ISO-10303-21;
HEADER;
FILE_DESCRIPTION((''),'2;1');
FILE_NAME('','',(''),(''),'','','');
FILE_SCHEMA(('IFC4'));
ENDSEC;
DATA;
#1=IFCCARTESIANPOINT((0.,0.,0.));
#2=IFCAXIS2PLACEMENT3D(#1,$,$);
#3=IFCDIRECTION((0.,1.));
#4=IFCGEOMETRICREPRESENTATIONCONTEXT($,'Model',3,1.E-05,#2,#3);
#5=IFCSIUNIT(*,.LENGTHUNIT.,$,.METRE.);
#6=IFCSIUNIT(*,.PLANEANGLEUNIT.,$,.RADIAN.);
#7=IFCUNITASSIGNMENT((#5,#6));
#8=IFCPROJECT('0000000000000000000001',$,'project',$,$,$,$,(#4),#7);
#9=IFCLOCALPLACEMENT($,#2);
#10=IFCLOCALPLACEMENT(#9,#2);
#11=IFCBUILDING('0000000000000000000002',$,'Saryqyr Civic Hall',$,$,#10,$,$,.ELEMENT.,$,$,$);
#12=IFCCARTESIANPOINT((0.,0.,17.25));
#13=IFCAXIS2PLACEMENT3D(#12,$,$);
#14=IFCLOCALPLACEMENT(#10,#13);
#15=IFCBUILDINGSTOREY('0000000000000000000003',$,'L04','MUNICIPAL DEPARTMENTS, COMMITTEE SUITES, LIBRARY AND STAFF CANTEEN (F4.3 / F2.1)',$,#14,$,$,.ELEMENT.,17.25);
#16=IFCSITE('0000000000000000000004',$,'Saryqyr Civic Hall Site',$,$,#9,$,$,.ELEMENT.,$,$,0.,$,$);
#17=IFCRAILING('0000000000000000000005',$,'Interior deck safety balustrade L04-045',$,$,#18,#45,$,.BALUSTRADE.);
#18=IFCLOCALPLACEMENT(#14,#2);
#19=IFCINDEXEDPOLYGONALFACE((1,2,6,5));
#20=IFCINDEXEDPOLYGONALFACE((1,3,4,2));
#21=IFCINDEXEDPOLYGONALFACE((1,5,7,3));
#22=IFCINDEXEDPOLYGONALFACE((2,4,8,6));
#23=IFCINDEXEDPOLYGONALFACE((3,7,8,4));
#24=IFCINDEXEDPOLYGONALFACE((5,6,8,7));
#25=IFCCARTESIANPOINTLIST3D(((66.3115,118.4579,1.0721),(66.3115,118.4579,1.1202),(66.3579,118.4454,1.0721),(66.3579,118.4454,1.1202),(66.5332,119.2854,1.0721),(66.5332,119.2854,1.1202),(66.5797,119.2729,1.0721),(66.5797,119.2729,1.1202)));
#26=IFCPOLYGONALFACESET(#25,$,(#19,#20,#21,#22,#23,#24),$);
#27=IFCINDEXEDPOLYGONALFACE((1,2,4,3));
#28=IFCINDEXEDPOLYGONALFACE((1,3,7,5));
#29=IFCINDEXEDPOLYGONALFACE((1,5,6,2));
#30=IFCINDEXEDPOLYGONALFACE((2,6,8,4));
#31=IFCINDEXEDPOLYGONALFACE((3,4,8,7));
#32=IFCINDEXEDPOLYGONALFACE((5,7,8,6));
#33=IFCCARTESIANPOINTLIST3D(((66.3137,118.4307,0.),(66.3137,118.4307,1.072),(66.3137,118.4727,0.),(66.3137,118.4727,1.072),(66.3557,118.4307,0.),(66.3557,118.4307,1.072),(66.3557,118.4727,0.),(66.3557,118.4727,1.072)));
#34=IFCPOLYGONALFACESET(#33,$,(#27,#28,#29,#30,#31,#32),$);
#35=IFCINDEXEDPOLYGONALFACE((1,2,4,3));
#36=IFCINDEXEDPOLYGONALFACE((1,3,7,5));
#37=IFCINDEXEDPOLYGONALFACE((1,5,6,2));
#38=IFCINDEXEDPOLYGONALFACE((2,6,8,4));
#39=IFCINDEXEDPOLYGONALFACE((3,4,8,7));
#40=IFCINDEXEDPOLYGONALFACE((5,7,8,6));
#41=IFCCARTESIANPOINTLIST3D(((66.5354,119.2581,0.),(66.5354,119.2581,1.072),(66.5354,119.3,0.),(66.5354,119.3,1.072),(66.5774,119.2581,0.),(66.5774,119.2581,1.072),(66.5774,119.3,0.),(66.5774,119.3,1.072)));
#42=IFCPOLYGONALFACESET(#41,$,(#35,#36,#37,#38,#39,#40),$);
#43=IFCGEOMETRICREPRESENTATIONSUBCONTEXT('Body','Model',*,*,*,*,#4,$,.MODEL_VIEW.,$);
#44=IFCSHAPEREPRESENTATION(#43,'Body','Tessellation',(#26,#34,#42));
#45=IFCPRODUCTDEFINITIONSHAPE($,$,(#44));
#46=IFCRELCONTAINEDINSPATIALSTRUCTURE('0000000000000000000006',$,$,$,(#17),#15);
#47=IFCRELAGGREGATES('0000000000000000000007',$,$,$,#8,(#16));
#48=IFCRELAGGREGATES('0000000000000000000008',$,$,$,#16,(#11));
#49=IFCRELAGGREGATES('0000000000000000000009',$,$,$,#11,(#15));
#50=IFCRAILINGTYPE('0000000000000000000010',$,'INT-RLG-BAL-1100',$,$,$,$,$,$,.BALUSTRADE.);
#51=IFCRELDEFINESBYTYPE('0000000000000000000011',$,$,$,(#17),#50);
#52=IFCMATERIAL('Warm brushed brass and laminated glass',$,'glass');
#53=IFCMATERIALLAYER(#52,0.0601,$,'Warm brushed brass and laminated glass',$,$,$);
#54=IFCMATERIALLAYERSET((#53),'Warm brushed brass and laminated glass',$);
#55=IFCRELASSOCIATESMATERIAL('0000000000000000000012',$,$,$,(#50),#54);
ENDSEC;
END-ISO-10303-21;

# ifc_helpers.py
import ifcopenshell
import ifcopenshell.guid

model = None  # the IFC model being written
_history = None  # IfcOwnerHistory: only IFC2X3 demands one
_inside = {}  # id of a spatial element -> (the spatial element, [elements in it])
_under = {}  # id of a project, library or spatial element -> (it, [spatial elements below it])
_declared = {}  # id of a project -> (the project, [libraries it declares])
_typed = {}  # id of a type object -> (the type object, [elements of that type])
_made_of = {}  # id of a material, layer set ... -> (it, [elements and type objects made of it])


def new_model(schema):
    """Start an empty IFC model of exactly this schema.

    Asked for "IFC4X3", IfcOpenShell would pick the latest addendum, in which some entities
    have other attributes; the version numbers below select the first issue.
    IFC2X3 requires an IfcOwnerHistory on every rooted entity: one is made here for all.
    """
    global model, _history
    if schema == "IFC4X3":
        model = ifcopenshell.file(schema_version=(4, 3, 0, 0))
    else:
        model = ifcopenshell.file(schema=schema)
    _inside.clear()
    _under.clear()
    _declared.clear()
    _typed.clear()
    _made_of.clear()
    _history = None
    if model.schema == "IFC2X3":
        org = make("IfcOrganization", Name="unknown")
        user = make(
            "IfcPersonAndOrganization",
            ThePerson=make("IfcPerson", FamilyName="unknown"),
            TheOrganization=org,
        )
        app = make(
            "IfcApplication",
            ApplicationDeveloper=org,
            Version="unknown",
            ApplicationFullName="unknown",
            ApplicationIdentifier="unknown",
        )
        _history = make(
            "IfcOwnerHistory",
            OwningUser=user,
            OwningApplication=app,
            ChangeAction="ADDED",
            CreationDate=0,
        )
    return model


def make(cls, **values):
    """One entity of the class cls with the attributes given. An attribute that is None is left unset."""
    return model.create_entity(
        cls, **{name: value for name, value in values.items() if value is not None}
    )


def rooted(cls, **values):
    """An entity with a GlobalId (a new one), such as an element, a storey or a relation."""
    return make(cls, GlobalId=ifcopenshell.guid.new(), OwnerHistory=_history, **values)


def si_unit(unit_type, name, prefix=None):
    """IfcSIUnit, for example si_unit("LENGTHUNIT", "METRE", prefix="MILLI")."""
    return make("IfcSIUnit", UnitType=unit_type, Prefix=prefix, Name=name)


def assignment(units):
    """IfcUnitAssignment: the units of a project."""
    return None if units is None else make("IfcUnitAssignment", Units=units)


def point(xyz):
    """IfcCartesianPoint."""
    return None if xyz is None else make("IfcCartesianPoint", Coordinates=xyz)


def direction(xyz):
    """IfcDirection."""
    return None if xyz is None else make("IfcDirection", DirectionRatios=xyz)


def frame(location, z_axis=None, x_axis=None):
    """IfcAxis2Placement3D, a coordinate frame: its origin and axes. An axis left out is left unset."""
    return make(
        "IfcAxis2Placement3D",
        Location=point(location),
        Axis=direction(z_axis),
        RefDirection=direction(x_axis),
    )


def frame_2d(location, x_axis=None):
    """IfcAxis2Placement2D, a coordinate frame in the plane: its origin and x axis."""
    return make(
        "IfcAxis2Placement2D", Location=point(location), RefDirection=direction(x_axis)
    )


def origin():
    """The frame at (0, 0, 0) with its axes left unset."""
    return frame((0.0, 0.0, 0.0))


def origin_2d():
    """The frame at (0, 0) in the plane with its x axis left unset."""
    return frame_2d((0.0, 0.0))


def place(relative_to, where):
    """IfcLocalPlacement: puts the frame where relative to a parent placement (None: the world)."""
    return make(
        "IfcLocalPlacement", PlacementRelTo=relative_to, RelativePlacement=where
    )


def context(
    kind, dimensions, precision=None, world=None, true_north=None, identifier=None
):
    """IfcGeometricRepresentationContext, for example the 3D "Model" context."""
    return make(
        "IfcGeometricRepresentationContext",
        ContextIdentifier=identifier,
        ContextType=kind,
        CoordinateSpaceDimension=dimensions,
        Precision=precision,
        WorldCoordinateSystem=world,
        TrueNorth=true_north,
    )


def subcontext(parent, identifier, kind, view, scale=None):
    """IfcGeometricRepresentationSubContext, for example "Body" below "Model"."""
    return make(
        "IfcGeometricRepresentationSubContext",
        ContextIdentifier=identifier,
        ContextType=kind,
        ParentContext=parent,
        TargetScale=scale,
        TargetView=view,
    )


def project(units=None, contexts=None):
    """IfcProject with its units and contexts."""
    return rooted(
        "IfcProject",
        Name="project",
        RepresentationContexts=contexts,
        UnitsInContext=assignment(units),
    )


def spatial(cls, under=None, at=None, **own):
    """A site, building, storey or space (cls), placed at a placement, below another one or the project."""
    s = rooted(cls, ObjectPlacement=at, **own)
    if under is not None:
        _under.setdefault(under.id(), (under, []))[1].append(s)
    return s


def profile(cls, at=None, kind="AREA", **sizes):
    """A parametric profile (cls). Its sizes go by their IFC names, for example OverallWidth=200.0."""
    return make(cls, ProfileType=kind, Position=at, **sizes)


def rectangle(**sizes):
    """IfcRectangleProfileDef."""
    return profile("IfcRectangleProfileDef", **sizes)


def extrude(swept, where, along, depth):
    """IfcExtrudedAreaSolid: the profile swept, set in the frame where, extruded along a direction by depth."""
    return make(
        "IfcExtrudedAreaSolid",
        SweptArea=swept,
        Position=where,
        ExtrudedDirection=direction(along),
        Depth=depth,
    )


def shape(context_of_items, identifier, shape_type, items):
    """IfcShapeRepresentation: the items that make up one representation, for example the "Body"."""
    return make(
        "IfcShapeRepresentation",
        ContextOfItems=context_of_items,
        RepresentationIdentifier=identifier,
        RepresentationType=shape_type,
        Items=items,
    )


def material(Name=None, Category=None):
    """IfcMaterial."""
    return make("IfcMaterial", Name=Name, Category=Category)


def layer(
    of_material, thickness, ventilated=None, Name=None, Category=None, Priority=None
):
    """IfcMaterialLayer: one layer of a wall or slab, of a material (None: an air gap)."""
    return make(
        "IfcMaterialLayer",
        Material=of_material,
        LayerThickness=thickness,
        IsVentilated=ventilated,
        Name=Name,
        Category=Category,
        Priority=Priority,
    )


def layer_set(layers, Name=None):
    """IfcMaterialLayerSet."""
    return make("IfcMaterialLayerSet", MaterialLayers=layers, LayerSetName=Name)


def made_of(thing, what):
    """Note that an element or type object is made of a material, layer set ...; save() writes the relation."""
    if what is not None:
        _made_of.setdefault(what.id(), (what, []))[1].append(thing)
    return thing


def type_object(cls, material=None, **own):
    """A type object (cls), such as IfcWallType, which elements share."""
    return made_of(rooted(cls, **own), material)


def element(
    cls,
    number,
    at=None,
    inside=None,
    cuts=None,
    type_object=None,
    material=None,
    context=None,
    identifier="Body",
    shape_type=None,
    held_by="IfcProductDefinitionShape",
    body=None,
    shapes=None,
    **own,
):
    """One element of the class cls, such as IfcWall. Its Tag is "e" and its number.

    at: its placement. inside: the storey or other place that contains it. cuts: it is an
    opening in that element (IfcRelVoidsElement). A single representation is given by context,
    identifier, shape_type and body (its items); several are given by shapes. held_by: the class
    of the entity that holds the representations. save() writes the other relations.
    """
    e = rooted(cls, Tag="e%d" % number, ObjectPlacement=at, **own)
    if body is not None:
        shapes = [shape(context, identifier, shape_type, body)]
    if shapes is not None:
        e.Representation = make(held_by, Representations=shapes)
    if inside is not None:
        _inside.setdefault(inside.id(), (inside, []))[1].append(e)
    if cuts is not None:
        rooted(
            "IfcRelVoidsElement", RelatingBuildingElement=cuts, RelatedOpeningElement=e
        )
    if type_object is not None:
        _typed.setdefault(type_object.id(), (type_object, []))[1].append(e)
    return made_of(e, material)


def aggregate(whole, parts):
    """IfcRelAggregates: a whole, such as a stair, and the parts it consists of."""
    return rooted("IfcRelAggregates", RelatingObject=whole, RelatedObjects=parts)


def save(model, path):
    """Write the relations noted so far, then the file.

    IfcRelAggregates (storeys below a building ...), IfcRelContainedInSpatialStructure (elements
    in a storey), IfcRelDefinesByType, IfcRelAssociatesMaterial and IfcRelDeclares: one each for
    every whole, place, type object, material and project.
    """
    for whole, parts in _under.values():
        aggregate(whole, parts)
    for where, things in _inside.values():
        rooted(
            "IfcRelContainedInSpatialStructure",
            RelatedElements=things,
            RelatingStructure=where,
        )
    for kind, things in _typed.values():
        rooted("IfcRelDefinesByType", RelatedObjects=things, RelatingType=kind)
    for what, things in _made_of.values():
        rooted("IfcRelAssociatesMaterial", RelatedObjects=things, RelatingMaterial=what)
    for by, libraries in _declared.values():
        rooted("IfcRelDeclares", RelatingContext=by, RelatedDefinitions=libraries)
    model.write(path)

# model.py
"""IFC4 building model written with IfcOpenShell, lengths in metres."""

from ifc_helpers import new_model, si_unit, direction, frame, origin, origin_2d, place, context, subcontext, project, spatial, rectangle, extrude, material, layer, layer_set, type_object, element, save


model = new_model("IFC4")

# Units and contexts
model_context = context("Model", 3, precision=1e-05, world=origin(), true_north=direction((0.0, 1.0)))
body_context = subcontext(model_context, "Body", "Model", "MODEL_VIEW")
ifc_project = project(units=[si_unit("LENGTHUNIT", "METRE"), si_unit("PLANEANGLEUNIT", "RADIAN")], contexts=[model_context])

# Site, building, storey
site_placement = place(None, origin())
site = spatial("IfcSite", under=ifc_project, at=site_placement, Name="Saryqyr Civic Hall Site", CompositionType="ELEMENT", RefElevation=0.0)
building_placement = place(site_placement, origin())
building = spatial("IfcBuilding", under=site, at=building_placement, Name="Saryqyr Civic Hall", CompositionType="ELEMENT")
storey_placement = place(building_placement, frame((0.0, 0.0, 17.25)))
storey = spatial("IfcBuildingStorey", under=building, at=storey_placement, Name="L04", Description="MUNICIPAL DEPARTMENTS, COMMITTEE SUITES, LIBRARY AND STAFF CANTEEN (F4.3 / F2.1)", CompositionType="ELEMENT", Elevation=17.25)

# Railing
ifc_material_1 = material(Name="Warm brushed brass and laminated glass", Category="glass")
ifc_layer_1 = layer(ifc_material_1, 0.0601, Name="Warm brushed brass and laminated glass")
ifc_layer_set_1 = layer_set([ifc_layer_1], Name="Warm brushed brass and laminated glass")
railing_type = type_object("IfcRailingType", Name="INT-RLG-BAL-1100", PredefinedType="BALUSTRADE", material=ifc_layer_set_1)
railing_1_placement = place(storey_placement, frame((66.3347, 118.4517, 0.0)))
element("IfcRailing", 1, at=railing_1_placement, inside=storey, type_object=railing_type, Name="Interior deck safety balustrade L04-045", PredefinedType="BALUSTRADE", context=body_context, shape_type="SweptSolid", body=[
    extrude(rectangle(XDim=0.0481, YDim=0.0481, at=origin_2d()), frame((0.0, 0.0, 1.0962), z_axis=(0.258798, 0.965932, 0.0), x_axis=(-0.965932, 0.258798, 0.0)), (0.0, 0.0, 1.0), 0.8567),
    extrude(rectangle(XDim=0.042, YDim=0.042, at=origin_2d()), origin(), (0.0, 0.0, 1.0), 1.072),
    extrude(rectangle(XDim=0.042, YDim=0.042, at=origin_2d()), frame((0.2217, 0.8274, 0.0)), (0.0, 0.0, 1.0), 1.072),
])

save(model, "model.ifc")
